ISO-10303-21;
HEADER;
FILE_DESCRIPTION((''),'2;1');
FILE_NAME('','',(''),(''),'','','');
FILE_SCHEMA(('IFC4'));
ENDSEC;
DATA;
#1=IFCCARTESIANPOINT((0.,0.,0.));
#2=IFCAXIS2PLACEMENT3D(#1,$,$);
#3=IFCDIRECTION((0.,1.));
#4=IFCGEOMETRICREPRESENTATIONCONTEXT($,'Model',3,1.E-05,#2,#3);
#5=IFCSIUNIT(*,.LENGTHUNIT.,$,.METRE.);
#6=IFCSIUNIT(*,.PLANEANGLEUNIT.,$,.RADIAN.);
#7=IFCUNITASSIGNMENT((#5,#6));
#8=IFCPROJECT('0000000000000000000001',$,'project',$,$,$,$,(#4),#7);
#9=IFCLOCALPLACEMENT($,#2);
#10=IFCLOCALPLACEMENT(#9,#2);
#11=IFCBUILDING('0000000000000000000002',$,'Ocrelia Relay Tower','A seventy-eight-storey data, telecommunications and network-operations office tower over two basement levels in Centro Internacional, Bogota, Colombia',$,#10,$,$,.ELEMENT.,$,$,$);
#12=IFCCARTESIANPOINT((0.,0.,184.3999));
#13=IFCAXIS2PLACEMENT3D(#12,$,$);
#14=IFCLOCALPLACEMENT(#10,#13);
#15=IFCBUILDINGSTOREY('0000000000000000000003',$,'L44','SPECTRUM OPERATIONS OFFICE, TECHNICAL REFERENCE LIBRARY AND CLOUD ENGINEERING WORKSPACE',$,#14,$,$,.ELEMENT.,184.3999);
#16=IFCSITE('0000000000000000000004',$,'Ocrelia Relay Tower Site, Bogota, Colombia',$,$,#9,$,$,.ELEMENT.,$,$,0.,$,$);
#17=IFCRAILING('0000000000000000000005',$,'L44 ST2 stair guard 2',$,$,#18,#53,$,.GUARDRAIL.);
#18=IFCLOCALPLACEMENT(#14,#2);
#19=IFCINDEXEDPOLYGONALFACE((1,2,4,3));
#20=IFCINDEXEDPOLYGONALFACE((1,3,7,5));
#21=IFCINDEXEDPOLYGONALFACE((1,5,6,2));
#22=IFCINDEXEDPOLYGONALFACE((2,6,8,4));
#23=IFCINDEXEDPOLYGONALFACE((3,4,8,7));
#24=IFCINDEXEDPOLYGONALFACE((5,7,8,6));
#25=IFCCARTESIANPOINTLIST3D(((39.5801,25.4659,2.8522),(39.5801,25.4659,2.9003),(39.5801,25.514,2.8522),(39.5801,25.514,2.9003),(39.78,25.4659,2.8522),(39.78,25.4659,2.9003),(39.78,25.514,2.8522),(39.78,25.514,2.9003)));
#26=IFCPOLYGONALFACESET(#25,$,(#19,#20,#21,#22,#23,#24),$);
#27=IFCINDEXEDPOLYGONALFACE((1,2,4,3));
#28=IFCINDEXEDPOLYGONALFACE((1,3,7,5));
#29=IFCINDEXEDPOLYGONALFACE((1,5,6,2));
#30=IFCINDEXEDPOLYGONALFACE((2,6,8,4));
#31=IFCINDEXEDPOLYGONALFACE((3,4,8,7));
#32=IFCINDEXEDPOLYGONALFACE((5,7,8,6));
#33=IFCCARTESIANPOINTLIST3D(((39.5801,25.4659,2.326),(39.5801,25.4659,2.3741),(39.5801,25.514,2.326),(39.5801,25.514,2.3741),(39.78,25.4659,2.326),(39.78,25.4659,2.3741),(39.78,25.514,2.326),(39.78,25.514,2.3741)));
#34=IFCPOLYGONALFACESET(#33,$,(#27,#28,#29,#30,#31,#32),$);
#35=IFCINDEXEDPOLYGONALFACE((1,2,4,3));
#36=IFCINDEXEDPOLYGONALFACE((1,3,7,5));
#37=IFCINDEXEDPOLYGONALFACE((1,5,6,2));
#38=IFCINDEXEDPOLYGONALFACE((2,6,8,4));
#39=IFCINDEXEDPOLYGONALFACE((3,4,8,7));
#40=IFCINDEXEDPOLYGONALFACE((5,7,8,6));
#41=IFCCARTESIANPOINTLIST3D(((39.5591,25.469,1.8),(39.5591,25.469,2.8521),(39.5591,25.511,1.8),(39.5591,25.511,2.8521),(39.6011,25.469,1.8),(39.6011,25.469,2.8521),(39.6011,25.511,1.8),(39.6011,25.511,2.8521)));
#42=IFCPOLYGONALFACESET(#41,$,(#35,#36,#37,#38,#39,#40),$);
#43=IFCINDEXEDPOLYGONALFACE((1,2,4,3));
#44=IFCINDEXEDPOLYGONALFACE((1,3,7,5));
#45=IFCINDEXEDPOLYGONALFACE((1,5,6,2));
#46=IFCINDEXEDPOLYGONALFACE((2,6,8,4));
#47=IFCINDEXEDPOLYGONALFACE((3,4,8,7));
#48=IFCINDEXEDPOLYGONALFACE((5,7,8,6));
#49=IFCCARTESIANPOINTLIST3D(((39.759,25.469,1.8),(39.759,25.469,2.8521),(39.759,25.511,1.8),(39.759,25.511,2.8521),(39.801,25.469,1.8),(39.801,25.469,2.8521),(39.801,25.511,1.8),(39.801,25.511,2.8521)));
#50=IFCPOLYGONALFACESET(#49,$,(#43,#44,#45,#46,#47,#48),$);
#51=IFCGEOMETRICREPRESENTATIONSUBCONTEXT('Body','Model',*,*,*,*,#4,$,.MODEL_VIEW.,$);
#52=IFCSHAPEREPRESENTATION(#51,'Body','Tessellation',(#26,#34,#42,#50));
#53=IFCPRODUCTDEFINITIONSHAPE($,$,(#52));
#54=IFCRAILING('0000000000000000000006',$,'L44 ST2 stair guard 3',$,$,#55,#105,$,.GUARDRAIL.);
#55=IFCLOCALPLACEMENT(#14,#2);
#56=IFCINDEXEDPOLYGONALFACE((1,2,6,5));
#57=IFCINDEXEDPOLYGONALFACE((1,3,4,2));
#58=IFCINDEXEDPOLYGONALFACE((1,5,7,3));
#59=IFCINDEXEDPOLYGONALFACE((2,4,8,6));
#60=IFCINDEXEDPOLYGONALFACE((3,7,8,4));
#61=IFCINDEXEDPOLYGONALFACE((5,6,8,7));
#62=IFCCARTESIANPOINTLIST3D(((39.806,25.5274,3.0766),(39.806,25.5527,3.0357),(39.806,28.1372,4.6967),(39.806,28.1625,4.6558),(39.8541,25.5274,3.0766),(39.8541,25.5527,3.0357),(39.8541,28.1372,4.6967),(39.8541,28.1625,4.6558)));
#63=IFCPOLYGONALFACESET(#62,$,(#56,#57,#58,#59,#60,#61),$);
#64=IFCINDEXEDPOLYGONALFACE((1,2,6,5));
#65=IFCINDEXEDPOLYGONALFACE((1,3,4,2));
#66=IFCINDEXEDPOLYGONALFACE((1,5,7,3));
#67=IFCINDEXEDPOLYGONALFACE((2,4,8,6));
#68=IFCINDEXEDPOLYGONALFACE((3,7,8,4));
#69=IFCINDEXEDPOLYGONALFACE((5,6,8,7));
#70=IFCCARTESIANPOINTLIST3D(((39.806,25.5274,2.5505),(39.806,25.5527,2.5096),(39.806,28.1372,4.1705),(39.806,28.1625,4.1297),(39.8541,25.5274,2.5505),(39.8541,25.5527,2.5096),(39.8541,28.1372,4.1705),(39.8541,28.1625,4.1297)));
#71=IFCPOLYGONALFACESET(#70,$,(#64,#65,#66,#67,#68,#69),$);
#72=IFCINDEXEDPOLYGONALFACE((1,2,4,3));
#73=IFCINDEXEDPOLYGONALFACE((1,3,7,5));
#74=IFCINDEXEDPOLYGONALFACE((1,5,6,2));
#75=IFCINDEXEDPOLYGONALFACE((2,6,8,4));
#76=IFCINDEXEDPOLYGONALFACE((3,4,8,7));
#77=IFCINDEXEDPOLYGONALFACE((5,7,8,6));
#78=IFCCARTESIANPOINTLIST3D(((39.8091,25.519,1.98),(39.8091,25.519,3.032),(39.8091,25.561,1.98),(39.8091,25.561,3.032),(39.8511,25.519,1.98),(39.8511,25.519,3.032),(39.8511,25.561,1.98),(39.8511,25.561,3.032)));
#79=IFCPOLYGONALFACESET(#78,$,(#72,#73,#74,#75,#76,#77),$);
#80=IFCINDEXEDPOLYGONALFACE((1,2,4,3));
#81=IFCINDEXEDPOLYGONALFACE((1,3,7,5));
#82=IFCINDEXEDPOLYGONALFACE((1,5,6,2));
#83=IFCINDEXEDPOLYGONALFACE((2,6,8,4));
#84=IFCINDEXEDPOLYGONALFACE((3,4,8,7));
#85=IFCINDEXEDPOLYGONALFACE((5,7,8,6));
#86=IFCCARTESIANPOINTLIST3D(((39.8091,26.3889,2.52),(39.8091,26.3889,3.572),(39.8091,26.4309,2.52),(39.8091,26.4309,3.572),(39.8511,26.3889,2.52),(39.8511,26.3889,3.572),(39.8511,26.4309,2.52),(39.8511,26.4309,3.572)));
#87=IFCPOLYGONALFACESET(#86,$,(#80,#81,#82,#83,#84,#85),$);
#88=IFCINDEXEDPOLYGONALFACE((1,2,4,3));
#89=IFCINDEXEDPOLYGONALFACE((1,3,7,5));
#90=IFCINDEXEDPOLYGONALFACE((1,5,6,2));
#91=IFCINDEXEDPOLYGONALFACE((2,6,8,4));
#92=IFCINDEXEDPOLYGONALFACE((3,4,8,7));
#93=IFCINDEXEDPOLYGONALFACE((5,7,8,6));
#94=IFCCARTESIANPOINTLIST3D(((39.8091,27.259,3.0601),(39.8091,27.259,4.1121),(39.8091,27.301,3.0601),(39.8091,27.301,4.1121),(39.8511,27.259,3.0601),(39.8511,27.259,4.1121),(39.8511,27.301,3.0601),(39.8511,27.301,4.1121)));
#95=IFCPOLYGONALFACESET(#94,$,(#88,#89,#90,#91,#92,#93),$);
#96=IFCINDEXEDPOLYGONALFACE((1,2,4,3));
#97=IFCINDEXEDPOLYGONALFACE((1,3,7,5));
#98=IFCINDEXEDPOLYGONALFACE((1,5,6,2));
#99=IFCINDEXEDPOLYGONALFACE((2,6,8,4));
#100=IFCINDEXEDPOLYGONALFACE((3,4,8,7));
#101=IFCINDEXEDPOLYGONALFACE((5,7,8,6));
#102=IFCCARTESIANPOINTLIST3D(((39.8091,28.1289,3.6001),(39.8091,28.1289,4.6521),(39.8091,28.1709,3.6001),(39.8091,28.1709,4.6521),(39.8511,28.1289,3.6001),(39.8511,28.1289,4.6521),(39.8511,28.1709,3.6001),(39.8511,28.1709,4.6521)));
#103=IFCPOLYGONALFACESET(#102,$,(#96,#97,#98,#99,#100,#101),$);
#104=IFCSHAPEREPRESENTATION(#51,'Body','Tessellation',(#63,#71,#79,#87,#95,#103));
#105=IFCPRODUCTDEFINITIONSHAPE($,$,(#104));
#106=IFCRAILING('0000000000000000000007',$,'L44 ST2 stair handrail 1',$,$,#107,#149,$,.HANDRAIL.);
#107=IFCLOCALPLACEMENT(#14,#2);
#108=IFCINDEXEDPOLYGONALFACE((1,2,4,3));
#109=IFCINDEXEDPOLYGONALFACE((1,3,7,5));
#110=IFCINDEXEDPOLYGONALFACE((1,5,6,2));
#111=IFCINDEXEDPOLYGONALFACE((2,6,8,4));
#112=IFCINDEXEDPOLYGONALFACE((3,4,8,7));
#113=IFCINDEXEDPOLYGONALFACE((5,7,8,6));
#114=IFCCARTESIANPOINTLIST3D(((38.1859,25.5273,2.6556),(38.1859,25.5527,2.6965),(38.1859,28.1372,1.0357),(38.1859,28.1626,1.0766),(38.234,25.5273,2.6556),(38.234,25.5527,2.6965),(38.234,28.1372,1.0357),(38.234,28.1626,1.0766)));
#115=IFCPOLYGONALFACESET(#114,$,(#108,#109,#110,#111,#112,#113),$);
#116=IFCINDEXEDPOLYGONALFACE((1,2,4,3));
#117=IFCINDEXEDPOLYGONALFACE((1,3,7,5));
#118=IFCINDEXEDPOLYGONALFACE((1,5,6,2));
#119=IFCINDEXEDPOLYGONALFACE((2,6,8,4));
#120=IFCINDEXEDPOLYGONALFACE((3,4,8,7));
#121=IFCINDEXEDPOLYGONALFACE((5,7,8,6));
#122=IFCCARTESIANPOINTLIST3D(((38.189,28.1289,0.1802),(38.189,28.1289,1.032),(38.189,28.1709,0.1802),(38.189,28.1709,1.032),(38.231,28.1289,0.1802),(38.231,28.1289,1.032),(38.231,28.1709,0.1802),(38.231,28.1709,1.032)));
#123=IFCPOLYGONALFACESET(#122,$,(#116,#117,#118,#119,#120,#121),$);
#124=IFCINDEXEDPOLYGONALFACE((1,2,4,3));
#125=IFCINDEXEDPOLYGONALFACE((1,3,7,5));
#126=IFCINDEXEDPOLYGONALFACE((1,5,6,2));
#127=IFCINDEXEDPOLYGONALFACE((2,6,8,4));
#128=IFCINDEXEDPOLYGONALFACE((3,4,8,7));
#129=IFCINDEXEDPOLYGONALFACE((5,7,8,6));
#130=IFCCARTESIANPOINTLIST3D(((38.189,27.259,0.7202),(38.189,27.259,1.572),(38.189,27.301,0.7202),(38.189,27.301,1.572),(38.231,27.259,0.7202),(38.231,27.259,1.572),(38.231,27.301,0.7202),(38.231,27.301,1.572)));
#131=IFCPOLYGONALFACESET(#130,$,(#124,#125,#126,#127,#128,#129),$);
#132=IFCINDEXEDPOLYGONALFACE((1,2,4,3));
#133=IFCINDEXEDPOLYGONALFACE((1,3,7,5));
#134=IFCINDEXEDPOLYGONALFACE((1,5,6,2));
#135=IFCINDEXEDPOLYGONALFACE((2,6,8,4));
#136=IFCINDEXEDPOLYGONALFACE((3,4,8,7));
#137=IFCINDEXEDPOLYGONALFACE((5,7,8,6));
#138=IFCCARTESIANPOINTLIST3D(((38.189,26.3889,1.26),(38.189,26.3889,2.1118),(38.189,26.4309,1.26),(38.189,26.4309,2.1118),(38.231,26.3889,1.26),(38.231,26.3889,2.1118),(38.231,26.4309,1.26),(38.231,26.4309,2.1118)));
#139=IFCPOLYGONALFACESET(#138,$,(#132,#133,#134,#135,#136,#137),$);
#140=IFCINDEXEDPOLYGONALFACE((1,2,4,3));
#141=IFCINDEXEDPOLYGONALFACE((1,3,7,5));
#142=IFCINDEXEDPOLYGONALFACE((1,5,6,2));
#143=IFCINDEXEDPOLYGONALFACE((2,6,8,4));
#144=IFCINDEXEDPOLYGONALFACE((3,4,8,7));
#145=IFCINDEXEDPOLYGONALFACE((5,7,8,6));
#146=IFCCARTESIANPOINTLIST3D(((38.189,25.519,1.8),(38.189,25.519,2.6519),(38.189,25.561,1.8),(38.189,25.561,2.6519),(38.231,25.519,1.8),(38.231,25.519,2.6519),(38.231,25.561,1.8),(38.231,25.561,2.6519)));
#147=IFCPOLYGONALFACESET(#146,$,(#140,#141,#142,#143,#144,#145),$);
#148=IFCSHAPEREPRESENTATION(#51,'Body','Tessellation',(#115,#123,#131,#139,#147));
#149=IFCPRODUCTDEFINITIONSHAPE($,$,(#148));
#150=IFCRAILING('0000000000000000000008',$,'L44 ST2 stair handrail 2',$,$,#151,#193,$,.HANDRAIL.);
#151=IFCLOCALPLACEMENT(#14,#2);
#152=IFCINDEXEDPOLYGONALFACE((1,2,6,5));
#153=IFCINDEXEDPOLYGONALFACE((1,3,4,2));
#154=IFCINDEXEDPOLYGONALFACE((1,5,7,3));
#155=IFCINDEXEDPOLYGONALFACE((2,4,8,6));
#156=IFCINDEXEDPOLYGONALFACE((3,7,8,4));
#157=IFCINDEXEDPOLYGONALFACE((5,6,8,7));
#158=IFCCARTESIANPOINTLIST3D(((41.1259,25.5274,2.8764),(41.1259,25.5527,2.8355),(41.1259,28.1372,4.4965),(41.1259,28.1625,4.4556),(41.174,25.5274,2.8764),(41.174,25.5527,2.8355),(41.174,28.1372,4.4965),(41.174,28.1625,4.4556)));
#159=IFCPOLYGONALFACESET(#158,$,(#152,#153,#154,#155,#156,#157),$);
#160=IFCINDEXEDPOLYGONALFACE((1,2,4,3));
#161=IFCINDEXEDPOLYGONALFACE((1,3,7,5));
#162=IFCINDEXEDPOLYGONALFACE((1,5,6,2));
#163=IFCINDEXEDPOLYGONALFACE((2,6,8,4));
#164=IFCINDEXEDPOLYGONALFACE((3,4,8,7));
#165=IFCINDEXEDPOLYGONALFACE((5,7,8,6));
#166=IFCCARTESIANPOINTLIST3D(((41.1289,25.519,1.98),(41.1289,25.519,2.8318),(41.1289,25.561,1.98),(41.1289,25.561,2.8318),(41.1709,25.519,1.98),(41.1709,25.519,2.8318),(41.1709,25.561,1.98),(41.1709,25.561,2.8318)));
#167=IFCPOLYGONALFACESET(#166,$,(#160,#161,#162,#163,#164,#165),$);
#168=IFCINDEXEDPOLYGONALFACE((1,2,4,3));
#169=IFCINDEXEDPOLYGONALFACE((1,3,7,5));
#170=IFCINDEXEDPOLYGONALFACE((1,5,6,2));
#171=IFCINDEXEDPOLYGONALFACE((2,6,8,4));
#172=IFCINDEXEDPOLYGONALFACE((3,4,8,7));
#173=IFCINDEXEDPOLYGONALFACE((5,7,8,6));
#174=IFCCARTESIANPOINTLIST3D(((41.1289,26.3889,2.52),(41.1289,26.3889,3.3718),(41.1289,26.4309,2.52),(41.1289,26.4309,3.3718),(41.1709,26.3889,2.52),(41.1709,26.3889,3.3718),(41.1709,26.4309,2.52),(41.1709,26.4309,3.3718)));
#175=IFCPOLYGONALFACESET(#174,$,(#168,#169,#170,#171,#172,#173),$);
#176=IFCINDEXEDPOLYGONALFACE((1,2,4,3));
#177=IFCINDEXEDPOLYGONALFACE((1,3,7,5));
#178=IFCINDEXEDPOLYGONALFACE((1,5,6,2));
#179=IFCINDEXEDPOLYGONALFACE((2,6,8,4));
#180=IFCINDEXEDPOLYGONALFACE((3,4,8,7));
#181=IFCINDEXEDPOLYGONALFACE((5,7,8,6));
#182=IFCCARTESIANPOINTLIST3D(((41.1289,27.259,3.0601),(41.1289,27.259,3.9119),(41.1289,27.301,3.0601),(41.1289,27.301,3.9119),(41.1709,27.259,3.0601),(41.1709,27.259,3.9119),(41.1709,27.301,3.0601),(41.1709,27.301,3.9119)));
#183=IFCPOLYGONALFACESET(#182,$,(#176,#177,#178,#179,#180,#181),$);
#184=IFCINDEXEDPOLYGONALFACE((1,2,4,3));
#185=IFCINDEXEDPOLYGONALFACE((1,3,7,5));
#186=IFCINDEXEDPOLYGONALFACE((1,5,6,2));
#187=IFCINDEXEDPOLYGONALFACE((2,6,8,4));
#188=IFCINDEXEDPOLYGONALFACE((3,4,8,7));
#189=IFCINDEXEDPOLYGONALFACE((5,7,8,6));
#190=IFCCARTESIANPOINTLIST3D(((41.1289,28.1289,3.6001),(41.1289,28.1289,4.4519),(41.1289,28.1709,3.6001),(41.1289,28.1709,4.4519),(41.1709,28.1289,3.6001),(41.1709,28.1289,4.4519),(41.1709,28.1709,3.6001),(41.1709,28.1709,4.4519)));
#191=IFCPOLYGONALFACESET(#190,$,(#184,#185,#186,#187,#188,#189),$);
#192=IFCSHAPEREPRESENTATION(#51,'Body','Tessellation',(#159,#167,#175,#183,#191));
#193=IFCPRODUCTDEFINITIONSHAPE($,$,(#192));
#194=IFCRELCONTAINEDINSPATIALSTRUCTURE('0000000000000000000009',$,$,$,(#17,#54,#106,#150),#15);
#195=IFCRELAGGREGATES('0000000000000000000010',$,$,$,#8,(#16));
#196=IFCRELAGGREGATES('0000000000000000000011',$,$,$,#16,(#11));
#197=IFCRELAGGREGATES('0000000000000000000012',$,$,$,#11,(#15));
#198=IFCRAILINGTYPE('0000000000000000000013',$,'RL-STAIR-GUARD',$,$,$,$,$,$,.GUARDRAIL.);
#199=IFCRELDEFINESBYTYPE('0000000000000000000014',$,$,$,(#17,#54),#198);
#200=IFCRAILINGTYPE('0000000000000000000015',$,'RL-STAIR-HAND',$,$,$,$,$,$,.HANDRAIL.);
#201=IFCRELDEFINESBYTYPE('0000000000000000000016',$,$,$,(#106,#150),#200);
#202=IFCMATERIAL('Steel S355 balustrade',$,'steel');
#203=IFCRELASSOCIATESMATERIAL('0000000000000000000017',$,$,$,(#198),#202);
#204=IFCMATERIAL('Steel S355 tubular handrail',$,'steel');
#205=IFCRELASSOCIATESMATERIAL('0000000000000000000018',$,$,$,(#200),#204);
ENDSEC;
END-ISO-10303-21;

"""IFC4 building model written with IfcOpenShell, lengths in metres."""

from ifc_helpers import new_model, si_unit, direction, frame, origin, origin_2d, place, context, subcontext, project, spatial, rectangle, extrude, material, type_object, element, save


model = new_model("IFC4")

# Units and contexts
model_context = context("Model", 3, precision=1e-05, world=origin(), true_north=direction((0.0, 1.0)))
body_context = subcontext(model_context, "Body", "Model", "MODEL_VIEW")
ifc_project = project(units=[si_unit("LENGTHUNIT", "METRE"), si_unit("PLANEANGLEUNIT", "RADIAN")], contexts=[model_context])

# Site, building, storey
site_placement = place(None, origin())
site = spatial("IfcSite", under=ifc_project, at=site_placement, Name="Ocrelia Relay Tower Site, Bogota, Colombia", CompositionType="ELEMENT", RefElevation=0.0)
building_placement = place(site_placement, origin())
building = spatial("IfcBuilding", under=site, at=building_placement, Name="Ocrelia Relay Tower", Description="A seventy-eight-storey data, telecommunications and network-operations office tower over two basement levels in Centro Internacional, Bogota, Colombia", CompositionType="ELEMENT")
storey_placement = place(building_placement, frame((0.0, 0.0, 184.3999)))
storey = spatial("IfcBuildingStorey", under=building, at=storey_placement, Name="L44", Description="SPECTRUM OPERATIONS OFFICE, TECHNICAL REFERENCE LIBRARY AND CLOUD ENGINEERING WORKSPACE", CompositionType="ELEMENT", Elevation=184.3999)

# Railings
ifc_material_1 = material(Name="Steel S355 balustrade", Category="steel")
railing_type_1 = type_object("IfcRailingType", Name="RL-STAIR-GUARD", PredefinedType="GUARDRAIL", material=ifc_material_1)
railing_1_placement = place(storey_placement, frame((39.5801, 25.49, 1.8)))
element("IfcRailing", 1, at=railing_1_placement, inside=storey, type_object=railing_type_1, Name="L44 ST2 stair guard 2", PredefinedType="GUARDRAIL", context=body_context, shape_type="SweptSolid", body=[
    extrude(rectangle(XDim=0.0481, YDim=0.0481, at=origin_2d()), frame((0.0, 0.0, 1.0762), z_axis=(1.0, 0.0, 0.0), x_axis=(0.0, 1.0, 0.0)), (0.0, 0.0, 1.0), 0.2),
    extrude(rectangle(XDim=0.0481, YDim=0.0481, at=origin_2d()), frame((0.0, 0.0, 0.55), z_axis=(1.0, 0.0, 0.0), x_axis=(0.0, 1.0, 0.0)), (0.0, 0.0, 1.0), 0.2),
    extrude(rectangle(XDim=0.042, YDim=0.042, at=origin_2d()), origin(), (0.0, 0.0, 1.0), 1.052),
    extrude(rectangle(XDim=0.042, YDim=0.042, at=origin_2d()), frame((0.2, 0.0, 0.0)), (0.0, 0.0, 1.0), 1.052),
])
railing_2_placement = place(storey_placement, frame((39.8301, 25.54, 1.98)))
element("IfcRailing", 2, at=railing_2_placement, inside=storey, type_object=railing_type_1, Name="L44 ST2 stair guard 3", PredefinedType="GUARDRAIL", context=body_context, shape_type="SweptSolid", body=[
    extrude(rectangle(XDim=0.0481, YDim=0.0481, at=origin_2d()), frame((0.0, 0.0, 1.0762), z_axis=(0.0, 0.849611, 0.52741), x_axis=(-1.0, 0.0, 0.0)), (0.0, 0.0, 1.0), 3.0718),
    extrude(rectangle(XDim=0.0481, YDim=0.0481, at=origin_2d()), frame((0.0, 0.0, 0.55), z_axis=(0.0, 0.849611, 0.52741), x_axis=(-1.0, 0.0, 0.0)), (0.0, 0.0, 1.0), 3.0718),
    extrude(rectangle(XDim=0.042, YDim=0.042, at=origin_2d()), origin(), (0.0, 0.0, 1.0), 1.052),
    extrude(rectangle(XDim=0.042, YDim=0.042, at=origin_2d()), frame((0.0, 0.8699, 0.54)), (0.0, 0.0, 1.0), 1.052),
    extrude(rectangle(XDim=0.042, YDim=0.042, at=origin_2d()), frame((0.0, 1.74, 1.0801)), (0.0, 0.0, 1.0), 1.052),
    extrude(rectangle(XDim=0.042, YDim=0.042, at=origin_2d()), frame((0.0, 2.6099, 1.6201)), (0.0, 0.0, 1.0), 1.052),
])
ifc_material_2 = material(Name="Steel S355 tubular handrail", Category="steel")
railing_type_2 = type_object("IfcRailingType", Name="RL-STAIR-HAND", PredefinedType="HANDRAIL", material=ifc_material_2)
railing_3_placement = place(storey_placement, frame((38.21, 28.1499, 0.1802)))
element("IfcRailing", 3, at=railing_3_placement, inside=storey, type_object=railing_type_2, Name="L44 ST2 stair handrail 1", PredefinedType="HANDRAIL", context=body_context, shape_type="SweptSolid", body=[
    extrude(rectangle(XDim=0.0481, YDim=0.0481, at=origin_2d()), frame((0.0, 0.0, 0.876), z_axis=(0.0, -0.849646, 0.527353), x_axis=(1.0, 0.0, 0.0)), (0.0, 0.0, 1.0), 3.0718),
    extrude(rectangle(XDim=0.042, YDim=0.042, at=origin_2d()), origin(), (0.0, 0.0, 1.0), 0.8518),
    extrude(rectangle(XDim=0.042, YDim=0.042, at=origin_2d()), frame((0.0, -0.8699, 0.54)), (0.0, 0.0, 1.0), 0.8518),
    extrude(rectangle(XDim=0.042, YDim=0.042, at=origin_2d()), frame((0.0, -1.74, 1.0798)), (0.0, 0.0, 1.0), 0.8518),
    extrude(rectangle(XDim=0.042, YDim=0.042, at=origin_2d()), frame((0.0, -2.6099, 1.6199)), (0.0, 0.0, 1.0), 0.8518),
])
railing_4_placement = place(storey_placement, frame((41.1499, 25.54, 1.98)))
element("IfcRailing", 4, at=railing_4_placement, inside=storey, type_object=railing_type_2, Name="L44 ST2 stair handrail 2", PredefinedType="HANDRAIL", context=body_context, shape_type="SweptSolid", body=[
    extrude(rectangle(XDim=0.0481, YDim=0.0481, at=origin_2d()), frame((0.0, 0.0, 0.876), z_axis=(0.0, 0.849611, 0.52741), x_axis=(-1.0, 0.0, 0.0)), (0.0, 0.0, 1.0), 3.0718),
    extrude(rectangle(XDim=0.042, YDim=0.042, at=origin_2d()), origin(), (0.0, 0.0, 1.0), 0.8518),
    extrude(rectangle(XDim=0.042, YDim=0.042, at=origin_2d()), frame((0.0, 0.8699, 0.54)), (0.0, 0.0, 1.0), 0.8518),
    extrude(rectangle(XDim=0.042, YDim=0.042, at=origin_2d()), frame((0.0, 1.74, 1.0801)), (0.0, 0.0, 1.0), 0.8518),
    extrude(rectangle(XDim=0.042, YDim=0.042, at=origin_2d()), frame((0.0, 2.6099, 1.6201)), (0.0, 0.0, 1.0), 0.8518),
])

save(model, "model.ifc")
